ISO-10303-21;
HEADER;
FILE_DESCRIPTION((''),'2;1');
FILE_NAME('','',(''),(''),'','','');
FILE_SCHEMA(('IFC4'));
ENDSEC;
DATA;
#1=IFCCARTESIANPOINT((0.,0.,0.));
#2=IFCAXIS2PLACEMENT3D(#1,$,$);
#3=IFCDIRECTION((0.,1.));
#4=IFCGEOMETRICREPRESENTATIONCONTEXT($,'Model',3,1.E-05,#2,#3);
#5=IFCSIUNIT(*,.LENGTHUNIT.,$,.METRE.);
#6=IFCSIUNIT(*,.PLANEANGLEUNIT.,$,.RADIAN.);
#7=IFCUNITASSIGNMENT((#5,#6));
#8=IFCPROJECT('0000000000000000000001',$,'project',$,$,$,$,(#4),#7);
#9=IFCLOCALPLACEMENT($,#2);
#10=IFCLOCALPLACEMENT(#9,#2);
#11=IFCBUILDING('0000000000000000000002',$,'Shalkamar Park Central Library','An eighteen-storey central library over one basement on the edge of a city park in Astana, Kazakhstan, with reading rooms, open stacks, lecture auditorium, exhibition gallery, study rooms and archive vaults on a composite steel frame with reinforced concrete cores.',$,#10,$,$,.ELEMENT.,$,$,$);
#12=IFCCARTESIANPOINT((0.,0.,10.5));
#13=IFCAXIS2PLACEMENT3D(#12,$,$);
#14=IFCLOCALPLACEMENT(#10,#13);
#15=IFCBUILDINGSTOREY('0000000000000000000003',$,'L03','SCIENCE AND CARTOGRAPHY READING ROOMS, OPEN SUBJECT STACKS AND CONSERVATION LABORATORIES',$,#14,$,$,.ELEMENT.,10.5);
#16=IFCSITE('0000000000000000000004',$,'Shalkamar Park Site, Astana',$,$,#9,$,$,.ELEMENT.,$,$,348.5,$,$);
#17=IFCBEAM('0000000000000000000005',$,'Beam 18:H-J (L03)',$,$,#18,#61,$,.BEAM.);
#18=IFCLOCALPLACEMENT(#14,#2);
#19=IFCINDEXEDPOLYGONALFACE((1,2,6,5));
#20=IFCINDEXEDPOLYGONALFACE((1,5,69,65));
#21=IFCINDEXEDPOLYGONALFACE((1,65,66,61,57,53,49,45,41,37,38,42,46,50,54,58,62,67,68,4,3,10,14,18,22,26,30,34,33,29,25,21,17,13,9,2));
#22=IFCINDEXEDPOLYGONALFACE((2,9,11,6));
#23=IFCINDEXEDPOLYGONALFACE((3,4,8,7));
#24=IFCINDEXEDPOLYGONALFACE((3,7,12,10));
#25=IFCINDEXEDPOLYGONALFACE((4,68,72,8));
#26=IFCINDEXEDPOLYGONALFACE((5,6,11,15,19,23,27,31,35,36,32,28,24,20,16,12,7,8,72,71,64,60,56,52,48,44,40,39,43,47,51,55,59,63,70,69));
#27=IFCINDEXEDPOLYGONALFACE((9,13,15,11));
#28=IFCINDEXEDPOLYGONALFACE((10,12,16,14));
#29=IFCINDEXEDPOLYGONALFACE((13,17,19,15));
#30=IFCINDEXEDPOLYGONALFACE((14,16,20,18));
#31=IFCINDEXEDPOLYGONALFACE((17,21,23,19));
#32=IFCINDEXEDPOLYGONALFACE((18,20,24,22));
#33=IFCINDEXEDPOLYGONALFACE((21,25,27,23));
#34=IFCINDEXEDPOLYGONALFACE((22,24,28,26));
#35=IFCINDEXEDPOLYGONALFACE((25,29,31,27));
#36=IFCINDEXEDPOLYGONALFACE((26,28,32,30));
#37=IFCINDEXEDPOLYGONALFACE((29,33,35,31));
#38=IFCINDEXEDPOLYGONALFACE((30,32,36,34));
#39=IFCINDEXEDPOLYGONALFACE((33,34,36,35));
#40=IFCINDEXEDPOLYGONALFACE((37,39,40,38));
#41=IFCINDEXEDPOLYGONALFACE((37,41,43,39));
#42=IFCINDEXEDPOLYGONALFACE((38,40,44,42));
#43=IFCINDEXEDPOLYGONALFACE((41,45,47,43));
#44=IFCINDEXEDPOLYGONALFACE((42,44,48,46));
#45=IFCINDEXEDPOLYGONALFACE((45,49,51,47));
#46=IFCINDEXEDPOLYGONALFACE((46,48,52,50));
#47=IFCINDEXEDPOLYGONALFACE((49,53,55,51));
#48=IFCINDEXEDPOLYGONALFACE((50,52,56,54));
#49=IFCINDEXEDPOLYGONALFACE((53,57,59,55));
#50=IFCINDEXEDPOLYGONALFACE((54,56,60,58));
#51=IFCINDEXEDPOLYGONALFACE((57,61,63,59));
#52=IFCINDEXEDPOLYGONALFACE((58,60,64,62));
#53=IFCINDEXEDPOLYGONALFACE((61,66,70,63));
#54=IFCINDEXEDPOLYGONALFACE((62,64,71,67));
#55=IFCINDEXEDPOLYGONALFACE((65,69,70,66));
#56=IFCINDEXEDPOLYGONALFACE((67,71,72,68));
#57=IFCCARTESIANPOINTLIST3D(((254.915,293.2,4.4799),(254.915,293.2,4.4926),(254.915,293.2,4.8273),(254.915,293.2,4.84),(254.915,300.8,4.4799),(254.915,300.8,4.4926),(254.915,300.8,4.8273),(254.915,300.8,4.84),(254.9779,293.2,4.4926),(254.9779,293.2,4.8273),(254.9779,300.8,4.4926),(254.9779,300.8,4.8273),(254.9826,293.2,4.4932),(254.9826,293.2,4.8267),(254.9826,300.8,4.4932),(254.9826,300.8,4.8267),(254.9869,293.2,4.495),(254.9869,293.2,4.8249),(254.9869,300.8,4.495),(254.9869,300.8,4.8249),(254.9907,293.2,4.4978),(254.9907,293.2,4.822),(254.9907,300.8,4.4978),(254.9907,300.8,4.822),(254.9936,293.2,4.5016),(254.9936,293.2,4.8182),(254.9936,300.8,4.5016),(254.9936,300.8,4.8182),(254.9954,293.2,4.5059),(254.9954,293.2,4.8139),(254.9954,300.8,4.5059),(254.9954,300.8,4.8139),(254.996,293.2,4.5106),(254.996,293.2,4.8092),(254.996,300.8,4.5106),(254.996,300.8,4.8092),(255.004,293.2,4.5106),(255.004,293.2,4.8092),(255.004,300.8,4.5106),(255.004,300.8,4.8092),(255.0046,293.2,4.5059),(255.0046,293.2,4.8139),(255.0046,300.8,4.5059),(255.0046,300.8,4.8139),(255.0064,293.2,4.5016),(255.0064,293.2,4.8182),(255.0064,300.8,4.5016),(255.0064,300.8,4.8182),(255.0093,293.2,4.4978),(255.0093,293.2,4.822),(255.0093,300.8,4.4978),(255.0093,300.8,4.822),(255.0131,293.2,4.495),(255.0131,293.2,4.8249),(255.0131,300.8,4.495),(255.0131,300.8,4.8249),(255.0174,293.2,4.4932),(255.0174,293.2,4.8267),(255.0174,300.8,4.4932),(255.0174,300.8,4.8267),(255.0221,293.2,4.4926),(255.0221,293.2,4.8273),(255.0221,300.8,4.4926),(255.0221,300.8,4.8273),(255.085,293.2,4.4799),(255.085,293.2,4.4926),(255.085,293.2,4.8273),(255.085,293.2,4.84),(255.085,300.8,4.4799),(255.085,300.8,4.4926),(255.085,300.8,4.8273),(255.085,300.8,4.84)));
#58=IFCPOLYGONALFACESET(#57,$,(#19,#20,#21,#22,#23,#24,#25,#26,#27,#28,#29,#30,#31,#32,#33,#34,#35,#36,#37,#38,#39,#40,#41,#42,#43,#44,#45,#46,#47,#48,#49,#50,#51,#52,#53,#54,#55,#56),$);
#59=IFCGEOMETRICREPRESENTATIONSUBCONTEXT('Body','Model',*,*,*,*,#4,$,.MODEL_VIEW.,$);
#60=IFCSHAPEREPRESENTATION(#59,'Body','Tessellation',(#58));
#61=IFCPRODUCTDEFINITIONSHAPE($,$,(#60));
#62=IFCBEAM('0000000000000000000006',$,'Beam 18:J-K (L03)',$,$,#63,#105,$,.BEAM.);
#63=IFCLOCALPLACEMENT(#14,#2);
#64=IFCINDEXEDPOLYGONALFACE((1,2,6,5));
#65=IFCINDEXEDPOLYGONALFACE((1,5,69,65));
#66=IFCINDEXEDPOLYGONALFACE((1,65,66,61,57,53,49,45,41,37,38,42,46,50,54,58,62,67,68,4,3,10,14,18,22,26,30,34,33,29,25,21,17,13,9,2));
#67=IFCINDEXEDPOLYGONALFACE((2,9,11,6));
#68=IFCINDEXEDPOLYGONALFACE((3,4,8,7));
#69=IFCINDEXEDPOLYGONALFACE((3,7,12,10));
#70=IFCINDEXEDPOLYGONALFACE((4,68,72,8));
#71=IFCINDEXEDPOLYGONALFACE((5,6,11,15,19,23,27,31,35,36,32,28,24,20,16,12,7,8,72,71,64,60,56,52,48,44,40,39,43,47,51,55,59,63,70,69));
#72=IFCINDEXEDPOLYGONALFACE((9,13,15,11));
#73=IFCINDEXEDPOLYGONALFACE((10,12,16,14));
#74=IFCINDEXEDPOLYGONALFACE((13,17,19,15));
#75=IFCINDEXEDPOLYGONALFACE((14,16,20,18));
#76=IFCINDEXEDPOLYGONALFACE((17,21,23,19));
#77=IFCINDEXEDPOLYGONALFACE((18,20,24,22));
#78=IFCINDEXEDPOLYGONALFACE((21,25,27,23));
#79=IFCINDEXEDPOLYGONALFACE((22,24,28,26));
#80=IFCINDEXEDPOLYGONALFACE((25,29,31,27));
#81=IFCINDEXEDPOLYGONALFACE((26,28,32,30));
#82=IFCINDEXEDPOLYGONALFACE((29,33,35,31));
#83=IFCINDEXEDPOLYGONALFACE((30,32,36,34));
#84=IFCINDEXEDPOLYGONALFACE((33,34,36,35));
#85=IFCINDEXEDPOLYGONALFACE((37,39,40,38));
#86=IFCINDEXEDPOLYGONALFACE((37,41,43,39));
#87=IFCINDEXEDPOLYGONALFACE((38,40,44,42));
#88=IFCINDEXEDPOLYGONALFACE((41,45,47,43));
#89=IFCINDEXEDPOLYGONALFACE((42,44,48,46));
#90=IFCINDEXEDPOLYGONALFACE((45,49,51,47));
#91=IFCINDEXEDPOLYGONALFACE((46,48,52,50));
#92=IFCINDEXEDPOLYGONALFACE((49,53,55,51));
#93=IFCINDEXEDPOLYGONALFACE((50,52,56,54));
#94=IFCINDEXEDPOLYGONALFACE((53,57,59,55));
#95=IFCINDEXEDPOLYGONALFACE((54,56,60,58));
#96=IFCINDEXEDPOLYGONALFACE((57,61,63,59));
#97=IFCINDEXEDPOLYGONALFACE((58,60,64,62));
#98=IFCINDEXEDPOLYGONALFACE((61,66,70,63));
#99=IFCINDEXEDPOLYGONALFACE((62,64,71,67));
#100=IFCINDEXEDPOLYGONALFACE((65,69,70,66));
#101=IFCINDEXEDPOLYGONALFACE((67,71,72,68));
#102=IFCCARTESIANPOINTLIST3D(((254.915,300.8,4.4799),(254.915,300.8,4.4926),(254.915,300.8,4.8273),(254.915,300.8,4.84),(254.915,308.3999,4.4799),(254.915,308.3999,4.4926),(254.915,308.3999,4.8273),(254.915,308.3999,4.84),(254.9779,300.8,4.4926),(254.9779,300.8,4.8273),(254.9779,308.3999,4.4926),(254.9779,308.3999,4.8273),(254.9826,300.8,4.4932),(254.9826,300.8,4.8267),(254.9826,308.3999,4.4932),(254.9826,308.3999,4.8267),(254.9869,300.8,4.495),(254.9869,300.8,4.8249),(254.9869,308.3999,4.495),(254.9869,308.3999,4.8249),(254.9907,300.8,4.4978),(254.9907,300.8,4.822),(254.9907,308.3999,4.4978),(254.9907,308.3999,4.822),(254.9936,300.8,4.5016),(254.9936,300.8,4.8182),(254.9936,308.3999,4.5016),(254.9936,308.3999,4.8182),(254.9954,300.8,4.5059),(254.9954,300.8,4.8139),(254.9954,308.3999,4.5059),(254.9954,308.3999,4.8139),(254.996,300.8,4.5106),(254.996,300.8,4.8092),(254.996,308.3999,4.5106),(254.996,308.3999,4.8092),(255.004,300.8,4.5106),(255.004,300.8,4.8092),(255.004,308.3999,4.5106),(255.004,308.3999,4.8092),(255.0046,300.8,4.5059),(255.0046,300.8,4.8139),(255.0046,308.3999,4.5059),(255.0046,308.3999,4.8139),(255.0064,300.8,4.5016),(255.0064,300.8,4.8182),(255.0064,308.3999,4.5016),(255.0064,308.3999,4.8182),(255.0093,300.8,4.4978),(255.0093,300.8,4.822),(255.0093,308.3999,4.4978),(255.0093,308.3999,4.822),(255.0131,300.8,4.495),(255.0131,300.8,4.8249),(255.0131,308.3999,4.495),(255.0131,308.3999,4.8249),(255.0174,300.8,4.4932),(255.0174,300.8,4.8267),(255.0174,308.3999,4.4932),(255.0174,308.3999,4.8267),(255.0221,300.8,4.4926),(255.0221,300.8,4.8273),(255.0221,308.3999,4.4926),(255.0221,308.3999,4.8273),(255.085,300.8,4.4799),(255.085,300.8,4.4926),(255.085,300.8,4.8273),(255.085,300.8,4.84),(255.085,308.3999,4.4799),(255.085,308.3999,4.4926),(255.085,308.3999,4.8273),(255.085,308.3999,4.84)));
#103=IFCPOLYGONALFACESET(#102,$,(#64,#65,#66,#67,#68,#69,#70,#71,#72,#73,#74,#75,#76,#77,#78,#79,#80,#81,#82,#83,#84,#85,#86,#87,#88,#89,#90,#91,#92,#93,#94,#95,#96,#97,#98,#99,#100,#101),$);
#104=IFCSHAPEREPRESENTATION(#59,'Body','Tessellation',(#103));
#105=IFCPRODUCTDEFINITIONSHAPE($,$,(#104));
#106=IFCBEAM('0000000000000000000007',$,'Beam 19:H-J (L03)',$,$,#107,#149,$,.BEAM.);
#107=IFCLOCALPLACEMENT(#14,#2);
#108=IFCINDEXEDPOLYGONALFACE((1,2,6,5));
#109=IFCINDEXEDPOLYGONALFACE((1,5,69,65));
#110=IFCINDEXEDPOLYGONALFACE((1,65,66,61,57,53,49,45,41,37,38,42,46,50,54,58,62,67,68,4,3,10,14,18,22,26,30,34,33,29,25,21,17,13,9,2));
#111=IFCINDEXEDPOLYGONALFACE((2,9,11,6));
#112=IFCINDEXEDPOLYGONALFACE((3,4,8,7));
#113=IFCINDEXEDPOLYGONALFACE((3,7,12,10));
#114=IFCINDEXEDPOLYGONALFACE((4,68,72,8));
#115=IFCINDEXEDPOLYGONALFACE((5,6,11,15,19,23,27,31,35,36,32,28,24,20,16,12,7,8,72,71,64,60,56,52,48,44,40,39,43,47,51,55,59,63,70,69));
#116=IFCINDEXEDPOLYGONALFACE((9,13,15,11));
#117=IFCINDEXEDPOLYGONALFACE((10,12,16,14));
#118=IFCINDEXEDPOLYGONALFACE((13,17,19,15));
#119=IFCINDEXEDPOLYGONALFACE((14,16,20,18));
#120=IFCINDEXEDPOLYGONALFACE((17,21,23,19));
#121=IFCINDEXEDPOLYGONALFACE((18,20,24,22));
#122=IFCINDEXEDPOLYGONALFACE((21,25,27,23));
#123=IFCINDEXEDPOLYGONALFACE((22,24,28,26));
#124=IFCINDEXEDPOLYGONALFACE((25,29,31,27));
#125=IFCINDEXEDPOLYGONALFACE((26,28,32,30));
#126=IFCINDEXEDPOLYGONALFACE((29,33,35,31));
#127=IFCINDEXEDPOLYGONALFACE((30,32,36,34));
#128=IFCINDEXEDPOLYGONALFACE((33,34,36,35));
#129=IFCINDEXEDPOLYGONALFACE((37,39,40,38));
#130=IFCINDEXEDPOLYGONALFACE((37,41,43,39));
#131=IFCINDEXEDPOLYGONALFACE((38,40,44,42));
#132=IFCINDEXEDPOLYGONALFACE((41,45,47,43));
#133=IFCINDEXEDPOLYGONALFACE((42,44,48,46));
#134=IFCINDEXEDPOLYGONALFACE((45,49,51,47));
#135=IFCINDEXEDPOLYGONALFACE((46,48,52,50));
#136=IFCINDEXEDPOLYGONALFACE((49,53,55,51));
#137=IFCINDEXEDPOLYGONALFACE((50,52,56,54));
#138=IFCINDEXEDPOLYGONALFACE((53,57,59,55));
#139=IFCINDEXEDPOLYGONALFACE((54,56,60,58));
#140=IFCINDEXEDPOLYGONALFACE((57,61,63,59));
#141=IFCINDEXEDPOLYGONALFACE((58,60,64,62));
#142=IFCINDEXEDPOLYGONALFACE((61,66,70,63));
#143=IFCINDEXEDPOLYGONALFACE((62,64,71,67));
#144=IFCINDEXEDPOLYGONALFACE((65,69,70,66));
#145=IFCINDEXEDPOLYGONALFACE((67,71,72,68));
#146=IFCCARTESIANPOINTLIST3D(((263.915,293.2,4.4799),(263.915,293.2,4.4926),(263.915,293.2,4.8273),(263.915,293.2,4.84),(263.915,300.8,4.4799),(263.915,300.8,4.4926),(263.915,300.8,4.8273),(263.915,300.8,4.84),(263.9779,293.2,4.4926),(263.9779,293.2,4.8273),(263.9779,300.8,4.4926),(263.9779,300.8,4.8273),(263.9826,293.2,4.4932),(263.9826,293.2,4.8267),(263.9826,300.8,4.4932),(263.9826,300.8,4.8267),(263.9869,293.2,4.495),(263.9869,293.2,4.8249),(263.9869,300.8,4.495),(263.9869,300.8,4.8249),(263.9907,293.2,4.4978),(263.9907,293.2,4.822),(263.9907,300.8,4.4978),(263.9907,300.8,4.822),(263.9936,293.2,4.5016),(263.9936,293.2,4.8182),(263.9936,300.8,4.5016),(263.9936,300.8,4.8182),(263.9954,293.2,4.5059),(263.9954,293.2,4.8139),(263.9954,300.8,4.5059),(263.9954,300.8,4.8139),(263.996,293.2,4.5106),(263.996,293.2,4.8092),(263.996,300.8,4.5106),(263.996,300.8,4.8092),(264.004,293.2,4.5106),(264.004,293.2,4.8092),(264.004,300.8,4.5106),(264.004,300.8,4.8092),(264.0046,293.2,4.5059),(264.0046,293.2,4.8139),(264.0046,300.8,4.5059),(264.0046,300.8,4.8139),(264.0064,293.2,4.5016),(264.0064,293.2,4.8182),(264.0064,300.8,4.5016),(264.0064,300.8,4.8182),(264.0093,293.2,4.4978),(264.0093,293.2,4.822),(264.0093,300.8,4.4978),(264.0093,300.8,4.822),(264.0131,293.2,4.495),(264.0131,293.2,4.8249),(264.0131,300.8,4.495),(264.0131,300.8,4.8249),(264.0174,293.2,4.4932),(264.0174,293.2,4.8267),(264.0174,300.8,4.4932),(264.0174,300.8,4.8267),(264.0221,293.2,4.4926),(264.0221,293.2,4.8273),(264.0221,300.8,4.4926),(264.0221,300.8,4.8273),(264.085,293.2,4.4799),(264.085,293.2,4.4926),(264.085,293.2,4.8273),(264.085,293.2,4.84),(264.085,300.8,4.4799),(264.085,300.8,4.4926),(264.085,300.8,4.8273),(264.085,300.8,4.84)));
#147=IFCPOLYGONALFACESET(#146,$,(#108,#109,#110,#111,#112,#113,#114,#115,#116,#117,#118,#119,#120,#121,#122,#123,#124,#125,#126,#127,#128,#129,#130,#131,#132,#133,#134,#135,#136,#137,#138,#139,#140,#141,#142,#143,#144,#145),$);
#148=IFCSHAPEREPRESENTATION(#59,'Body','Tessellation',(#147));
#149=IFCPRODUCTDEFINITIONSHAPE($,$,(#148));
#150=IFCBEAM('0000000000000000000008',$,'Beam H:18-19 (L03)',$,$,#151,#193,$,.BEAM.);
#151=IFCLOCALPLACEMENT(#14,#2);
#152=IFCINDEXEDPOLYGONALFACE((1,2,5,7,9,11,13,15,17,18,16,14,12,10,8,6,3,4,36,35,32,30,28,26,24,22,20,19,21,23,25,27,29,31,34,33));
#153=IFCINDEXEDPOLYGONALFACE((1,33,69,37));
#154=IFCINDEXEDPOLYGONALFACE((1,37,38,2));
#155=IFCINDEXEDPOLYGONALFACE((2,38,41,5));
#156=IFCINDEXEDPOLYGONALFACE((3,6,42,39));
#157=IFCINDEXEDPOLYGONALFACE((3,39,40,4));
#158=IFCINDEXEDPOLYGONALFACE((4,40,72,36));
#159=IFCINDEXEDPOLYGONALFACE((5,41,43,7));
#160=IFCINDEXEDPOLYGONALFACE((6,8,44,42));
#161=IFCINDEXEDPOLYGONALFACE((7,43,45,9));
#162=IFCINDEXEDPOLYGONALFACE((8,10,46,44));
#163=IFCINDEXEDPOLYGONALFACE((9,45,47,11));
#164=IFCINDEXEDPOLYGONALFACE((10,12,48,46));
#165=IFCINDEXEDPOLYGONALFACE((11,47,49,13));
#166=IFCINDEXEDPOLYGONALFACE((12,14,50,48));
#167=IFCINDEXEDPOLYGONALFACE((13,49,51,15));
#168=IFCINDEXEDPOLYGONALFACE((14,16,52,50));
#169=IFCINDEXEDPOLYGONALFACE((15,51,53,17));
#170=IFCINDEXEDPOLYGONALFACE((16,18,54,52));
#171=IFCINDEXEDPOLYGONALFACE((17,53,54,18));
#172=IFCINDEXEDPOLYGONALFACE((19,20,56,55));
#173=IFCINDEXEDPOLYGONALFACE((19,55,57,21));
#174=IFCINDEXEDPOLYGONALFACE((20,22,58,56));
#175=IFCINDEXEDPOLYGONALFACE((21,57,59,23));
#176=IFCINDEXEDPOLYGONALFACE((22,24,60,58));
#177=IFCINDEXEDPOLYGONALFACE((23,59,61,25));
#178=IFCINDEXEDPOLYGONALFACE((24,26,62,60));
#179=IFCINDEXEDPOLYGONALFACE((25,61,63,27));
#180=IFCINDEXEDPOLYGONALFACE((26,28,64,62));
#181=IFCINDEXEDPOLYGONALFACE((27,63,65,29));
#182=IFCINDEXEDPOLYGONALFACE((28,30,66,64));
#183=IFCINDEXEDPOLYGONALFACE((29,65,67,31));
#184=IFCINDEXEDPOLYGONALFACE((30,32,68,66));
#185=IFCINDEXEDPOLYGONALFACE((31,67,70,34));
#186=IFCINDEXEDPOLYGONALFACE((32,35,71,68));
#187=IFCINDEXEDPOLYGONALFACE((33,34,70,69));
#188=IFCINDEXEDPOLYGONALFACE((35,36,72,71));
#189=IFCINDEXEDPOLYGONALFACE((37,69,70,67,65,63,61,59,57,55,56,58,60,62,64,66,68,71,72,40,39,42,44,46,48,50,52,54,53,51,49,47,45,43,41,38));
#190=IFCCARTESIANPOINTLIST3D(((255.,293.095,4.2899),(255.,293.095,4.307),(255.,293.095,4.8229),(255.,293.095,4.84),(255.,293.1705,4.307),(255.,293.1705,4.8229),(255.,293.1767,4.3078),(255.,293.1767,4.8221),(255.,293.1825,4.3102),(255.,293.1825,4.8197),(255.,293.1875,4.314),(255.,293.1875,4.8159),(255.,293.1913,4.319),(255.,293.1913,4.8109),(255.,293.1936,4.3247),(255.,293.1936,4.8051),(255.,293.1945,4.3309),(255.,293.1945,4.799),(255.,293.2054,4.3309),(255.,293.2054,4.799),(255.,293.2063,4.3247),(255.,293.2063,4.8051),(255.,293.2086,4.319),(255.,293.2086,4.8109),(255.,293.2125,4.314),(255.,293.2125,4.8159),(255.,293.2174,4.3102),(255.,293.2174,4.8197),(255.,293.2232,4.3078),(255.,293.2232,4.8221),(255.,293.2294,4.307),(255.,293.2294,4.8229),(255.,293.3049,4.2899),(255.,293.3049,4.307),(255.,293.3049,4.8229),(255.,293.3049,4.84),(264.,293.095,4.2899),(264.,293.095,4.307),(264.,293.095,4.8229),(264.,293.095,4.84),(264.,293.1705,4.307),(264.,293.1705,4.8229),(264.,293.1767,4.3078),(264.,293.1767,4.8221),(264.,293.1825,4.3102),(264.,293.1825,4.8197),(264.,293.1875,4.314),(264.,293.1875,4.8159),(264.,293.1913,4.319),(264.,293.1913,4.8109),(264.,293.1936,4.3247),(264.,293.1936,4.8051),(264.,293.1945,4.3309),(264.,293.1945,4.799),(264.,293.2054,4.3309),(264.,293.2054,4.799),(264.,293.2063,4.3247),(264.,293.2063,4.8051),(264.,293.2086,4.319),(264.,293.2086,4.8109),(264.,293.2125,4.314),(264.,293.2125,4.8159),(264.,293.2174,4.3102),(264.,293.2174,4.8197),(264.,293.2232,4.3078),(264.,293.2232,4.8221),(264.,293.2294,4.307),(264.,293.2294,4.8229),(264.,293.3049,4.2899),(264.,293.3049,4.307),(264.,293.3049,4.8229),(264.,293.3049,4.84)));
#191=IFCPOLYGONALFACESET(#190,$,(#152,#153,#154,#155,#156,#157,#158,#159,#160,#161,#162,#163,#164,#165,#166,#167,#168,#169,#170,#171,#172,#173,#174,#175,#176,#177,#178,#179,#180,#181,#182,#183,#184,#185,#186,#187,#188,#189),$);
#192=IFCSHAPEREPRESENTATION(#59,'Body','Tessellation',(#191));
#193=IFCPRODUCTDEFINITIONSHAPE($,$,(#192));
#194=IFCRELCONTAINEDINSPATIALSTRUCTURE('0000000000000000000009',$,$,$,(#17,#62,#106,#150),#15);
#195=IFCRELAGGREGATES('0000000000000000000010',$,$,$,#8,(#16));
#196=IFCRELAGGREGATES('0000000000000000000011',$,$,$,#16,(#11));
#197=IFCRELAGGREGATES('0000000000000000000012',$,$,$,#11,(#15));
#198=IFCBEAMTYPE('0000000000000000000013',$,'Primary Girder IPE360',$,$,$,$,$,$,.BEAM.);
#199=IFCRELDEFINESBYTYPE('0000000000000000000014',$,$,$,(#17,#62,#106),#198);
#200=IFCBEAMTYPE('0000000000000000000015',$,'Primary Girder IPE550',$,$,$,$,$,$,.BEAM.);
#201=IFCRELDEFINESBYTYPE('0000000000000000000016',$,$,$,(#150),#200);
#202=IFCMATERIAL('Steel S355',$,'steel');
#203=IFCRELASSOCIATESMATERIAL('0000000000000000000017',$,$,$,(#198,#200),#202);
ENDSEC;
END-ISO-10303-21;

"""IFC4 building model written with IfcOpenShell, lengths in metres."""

from ifc_helpers import new_model, si_unit, direction, frame, origin, origin_2d, place, context, subcontext, project, spatial, i_section, extrude, material, material_profile, profile_set, type_object, element, save


model = new_model("IFC4")

# Units and contexts
model_context = context("Model", 3, precision=1e-05, world=origin(), true_north=direction((0.0, 1.0)))
body_context = subcontext(model_context, "Body", "Model", "MODEL_VIEW")
ifc_project = project(units=[si_unit("LENGTHUNIT", "METRE"), si_unit("PLANEANGLEUNIT", "RADIAN")], contexts=[model_context])

# Site, building, storey
site_placement = place(None, origin())
site = spatial("IfcSite", under=ifc_project, at=site_placement, Name="Shalkamar Park Site, Astana", CompositionType="ELEMENT", RefElevation=348.5)
building_placement = place(site_placement, origin())
building = spatial("IfcBuilding", under=site, at=building_placement, Name="Shalkamar Park Central Library", Description="An eighteen-storey central library over one basement on the edge of a city park in Astana, Kazakhstan, with reading rooms, open stacks, lecture auditorium, exhibition gallery, study rooms and archive vaults on a composite steel frame with reinforced concrete cores.", CompositionType="ELEMENT")
storey_placement = place(building_placement, frame((0.0, 0.0, 10.5)))
storey = spatial("IfcBuildingStorey", under=building, at=storey_placement, Name="L03", Description="SCIENCE AND CARTOGRAPHY READING ROOMS, OPEN SUBJECT STACKS AND CONSERVATION LABORATORIES", CompositionType="ELEMENT", Elevation=10.5)

# Shared definitions
ifc_material_1 = material(Name="Steel S355", Category="steel")

# Beams
ifc_material_profile_1 = material_profile(ifc_material_1, i_section(OverallWidth=0.1699, OverallDepth=0.3601, WebThickness=0.0081, FlangeThickness=0.0127, FilletRadius=0.0181, at=origin_2d()), Name="IPE 360")
ifc_profile_set_1 = profile_set([ifc_material_profile_1], Name="Steel S355")
beam_type_1 = type_object("IfcBeamType", Name="Primary Girder IPE360", PredefinedType="BEAM", material=ifc_profile_set_1)
beam_1_placement = place(storey_placement, frame((255.0, 293.2, 4.6599), z_axis=(0.0, 1.0, 0.0), x_axis=(-1.0, 0.0, 0.0)))
element("IfcBeam", 1, at=beam_1_placement, inside=storey, type_object=beam_type_1, Name="Beam 18:H-J (L03)", PredefinedType="BEAM", context=body_context, shape_type="SweptSolid", body=[
    extrude(i_section(OverallWidth=0.1699, OverallDepth=0.3601, WebThickness=0.0081, FlangeThickness=0.0127, FilletRadius=0.0181, at=origin_2d()), origin(), (0.0, 0.0, 1.0), 7.6001),
])
beam_2_placement = place(storey_placement, frame((255.0, 300.8, 4.6599), z_axis=(0.0, 1.0, 0.0), x_axis=(-1.0, 0.0, 0.0)))
element("IfcBeam", 2, at=beam_2_placement, inside=storey, type_object=beam_type_1, Name="Beam 18:J-K (L03)", PredefinedType="BEAM", context=body_context, shape_type="SweptSolid", body=[
    extrude(i_section(OverallWidth=0.1699, OverallDepth=0.3601, WebThickness=0.0081, FlangeThickness=0.0127, FilletRadius=0.0181, at=origin_2d()), origin(), (0.0, 0.0, 1.0), 7.5999),
])
beam_3_placement = place(storey_placement, frame((264.0, 293.2, 4.6599), z_axis=(0.0, 1.0, 0.0), x_axis=(-1.0, 0.0, 0.0)))
element("IfcBeam", 3, at=beam_3_placement, inside=storey, type_object=beam_type_1, Name="Beam 19:H-J (L03)", PredefinedType="BEAM", context=body_context, shape_type="SweptSolid", body=[
    extrude(i_section(OverallWidth=0.1699, OverallDepth=0.3601, WebThickness=0.0081, FlangeThickness=0.0127, FilletRadius=0.0181, at=origin_2d()), origin(), (0.0, 0.0, 1.0), 7.6001),
])
ifc_material_profile_2 = material_profile(ifc_material_1, i_section(OverallWidth=0.21, OverallDepth=0.55, WebThickness=0.011, FlangeThickness=0.0171, FilletRadius=0.0239, at=origin_2d()), Name="IPE 550")
ifc_profile_set_2 = profile_set([ifc_material_profile_2], Name="Steel S355")
beam_type_2 = type_object("IfcBeamType", Name="Primary Girder IPE550", PredefinedType="BEAM", material=ifc_profile_set_2)
for number, where, z_axis, x_axis, name in (
    (4, (255.0, 293.2, 4.5649), (1.0, 0.0, 0.0), (0.0, 1.0, 0.0), "Beam H:18-19 (L03)"),
):
    element("IfcBeam", number, at=place(storey_placement, frame(where, z_axis=z_axis, x_axis=x_axis)), inside=storey, type_object=beam_type_2, Name=name, PredefinedType="BEAM", context=body_context, shape_type="SweptSolid", body=[
        extrude(i_section(OverallWidth=0.21, OverallDepth=0.55, WebThickness=0.011, FlangeThickness=0.0171, FilletRadius=0.0239, at=origin_2d()), origin(), (0.0, 0.0, 1.0), 9.0),
    ])

save(model, "model.ifc")
